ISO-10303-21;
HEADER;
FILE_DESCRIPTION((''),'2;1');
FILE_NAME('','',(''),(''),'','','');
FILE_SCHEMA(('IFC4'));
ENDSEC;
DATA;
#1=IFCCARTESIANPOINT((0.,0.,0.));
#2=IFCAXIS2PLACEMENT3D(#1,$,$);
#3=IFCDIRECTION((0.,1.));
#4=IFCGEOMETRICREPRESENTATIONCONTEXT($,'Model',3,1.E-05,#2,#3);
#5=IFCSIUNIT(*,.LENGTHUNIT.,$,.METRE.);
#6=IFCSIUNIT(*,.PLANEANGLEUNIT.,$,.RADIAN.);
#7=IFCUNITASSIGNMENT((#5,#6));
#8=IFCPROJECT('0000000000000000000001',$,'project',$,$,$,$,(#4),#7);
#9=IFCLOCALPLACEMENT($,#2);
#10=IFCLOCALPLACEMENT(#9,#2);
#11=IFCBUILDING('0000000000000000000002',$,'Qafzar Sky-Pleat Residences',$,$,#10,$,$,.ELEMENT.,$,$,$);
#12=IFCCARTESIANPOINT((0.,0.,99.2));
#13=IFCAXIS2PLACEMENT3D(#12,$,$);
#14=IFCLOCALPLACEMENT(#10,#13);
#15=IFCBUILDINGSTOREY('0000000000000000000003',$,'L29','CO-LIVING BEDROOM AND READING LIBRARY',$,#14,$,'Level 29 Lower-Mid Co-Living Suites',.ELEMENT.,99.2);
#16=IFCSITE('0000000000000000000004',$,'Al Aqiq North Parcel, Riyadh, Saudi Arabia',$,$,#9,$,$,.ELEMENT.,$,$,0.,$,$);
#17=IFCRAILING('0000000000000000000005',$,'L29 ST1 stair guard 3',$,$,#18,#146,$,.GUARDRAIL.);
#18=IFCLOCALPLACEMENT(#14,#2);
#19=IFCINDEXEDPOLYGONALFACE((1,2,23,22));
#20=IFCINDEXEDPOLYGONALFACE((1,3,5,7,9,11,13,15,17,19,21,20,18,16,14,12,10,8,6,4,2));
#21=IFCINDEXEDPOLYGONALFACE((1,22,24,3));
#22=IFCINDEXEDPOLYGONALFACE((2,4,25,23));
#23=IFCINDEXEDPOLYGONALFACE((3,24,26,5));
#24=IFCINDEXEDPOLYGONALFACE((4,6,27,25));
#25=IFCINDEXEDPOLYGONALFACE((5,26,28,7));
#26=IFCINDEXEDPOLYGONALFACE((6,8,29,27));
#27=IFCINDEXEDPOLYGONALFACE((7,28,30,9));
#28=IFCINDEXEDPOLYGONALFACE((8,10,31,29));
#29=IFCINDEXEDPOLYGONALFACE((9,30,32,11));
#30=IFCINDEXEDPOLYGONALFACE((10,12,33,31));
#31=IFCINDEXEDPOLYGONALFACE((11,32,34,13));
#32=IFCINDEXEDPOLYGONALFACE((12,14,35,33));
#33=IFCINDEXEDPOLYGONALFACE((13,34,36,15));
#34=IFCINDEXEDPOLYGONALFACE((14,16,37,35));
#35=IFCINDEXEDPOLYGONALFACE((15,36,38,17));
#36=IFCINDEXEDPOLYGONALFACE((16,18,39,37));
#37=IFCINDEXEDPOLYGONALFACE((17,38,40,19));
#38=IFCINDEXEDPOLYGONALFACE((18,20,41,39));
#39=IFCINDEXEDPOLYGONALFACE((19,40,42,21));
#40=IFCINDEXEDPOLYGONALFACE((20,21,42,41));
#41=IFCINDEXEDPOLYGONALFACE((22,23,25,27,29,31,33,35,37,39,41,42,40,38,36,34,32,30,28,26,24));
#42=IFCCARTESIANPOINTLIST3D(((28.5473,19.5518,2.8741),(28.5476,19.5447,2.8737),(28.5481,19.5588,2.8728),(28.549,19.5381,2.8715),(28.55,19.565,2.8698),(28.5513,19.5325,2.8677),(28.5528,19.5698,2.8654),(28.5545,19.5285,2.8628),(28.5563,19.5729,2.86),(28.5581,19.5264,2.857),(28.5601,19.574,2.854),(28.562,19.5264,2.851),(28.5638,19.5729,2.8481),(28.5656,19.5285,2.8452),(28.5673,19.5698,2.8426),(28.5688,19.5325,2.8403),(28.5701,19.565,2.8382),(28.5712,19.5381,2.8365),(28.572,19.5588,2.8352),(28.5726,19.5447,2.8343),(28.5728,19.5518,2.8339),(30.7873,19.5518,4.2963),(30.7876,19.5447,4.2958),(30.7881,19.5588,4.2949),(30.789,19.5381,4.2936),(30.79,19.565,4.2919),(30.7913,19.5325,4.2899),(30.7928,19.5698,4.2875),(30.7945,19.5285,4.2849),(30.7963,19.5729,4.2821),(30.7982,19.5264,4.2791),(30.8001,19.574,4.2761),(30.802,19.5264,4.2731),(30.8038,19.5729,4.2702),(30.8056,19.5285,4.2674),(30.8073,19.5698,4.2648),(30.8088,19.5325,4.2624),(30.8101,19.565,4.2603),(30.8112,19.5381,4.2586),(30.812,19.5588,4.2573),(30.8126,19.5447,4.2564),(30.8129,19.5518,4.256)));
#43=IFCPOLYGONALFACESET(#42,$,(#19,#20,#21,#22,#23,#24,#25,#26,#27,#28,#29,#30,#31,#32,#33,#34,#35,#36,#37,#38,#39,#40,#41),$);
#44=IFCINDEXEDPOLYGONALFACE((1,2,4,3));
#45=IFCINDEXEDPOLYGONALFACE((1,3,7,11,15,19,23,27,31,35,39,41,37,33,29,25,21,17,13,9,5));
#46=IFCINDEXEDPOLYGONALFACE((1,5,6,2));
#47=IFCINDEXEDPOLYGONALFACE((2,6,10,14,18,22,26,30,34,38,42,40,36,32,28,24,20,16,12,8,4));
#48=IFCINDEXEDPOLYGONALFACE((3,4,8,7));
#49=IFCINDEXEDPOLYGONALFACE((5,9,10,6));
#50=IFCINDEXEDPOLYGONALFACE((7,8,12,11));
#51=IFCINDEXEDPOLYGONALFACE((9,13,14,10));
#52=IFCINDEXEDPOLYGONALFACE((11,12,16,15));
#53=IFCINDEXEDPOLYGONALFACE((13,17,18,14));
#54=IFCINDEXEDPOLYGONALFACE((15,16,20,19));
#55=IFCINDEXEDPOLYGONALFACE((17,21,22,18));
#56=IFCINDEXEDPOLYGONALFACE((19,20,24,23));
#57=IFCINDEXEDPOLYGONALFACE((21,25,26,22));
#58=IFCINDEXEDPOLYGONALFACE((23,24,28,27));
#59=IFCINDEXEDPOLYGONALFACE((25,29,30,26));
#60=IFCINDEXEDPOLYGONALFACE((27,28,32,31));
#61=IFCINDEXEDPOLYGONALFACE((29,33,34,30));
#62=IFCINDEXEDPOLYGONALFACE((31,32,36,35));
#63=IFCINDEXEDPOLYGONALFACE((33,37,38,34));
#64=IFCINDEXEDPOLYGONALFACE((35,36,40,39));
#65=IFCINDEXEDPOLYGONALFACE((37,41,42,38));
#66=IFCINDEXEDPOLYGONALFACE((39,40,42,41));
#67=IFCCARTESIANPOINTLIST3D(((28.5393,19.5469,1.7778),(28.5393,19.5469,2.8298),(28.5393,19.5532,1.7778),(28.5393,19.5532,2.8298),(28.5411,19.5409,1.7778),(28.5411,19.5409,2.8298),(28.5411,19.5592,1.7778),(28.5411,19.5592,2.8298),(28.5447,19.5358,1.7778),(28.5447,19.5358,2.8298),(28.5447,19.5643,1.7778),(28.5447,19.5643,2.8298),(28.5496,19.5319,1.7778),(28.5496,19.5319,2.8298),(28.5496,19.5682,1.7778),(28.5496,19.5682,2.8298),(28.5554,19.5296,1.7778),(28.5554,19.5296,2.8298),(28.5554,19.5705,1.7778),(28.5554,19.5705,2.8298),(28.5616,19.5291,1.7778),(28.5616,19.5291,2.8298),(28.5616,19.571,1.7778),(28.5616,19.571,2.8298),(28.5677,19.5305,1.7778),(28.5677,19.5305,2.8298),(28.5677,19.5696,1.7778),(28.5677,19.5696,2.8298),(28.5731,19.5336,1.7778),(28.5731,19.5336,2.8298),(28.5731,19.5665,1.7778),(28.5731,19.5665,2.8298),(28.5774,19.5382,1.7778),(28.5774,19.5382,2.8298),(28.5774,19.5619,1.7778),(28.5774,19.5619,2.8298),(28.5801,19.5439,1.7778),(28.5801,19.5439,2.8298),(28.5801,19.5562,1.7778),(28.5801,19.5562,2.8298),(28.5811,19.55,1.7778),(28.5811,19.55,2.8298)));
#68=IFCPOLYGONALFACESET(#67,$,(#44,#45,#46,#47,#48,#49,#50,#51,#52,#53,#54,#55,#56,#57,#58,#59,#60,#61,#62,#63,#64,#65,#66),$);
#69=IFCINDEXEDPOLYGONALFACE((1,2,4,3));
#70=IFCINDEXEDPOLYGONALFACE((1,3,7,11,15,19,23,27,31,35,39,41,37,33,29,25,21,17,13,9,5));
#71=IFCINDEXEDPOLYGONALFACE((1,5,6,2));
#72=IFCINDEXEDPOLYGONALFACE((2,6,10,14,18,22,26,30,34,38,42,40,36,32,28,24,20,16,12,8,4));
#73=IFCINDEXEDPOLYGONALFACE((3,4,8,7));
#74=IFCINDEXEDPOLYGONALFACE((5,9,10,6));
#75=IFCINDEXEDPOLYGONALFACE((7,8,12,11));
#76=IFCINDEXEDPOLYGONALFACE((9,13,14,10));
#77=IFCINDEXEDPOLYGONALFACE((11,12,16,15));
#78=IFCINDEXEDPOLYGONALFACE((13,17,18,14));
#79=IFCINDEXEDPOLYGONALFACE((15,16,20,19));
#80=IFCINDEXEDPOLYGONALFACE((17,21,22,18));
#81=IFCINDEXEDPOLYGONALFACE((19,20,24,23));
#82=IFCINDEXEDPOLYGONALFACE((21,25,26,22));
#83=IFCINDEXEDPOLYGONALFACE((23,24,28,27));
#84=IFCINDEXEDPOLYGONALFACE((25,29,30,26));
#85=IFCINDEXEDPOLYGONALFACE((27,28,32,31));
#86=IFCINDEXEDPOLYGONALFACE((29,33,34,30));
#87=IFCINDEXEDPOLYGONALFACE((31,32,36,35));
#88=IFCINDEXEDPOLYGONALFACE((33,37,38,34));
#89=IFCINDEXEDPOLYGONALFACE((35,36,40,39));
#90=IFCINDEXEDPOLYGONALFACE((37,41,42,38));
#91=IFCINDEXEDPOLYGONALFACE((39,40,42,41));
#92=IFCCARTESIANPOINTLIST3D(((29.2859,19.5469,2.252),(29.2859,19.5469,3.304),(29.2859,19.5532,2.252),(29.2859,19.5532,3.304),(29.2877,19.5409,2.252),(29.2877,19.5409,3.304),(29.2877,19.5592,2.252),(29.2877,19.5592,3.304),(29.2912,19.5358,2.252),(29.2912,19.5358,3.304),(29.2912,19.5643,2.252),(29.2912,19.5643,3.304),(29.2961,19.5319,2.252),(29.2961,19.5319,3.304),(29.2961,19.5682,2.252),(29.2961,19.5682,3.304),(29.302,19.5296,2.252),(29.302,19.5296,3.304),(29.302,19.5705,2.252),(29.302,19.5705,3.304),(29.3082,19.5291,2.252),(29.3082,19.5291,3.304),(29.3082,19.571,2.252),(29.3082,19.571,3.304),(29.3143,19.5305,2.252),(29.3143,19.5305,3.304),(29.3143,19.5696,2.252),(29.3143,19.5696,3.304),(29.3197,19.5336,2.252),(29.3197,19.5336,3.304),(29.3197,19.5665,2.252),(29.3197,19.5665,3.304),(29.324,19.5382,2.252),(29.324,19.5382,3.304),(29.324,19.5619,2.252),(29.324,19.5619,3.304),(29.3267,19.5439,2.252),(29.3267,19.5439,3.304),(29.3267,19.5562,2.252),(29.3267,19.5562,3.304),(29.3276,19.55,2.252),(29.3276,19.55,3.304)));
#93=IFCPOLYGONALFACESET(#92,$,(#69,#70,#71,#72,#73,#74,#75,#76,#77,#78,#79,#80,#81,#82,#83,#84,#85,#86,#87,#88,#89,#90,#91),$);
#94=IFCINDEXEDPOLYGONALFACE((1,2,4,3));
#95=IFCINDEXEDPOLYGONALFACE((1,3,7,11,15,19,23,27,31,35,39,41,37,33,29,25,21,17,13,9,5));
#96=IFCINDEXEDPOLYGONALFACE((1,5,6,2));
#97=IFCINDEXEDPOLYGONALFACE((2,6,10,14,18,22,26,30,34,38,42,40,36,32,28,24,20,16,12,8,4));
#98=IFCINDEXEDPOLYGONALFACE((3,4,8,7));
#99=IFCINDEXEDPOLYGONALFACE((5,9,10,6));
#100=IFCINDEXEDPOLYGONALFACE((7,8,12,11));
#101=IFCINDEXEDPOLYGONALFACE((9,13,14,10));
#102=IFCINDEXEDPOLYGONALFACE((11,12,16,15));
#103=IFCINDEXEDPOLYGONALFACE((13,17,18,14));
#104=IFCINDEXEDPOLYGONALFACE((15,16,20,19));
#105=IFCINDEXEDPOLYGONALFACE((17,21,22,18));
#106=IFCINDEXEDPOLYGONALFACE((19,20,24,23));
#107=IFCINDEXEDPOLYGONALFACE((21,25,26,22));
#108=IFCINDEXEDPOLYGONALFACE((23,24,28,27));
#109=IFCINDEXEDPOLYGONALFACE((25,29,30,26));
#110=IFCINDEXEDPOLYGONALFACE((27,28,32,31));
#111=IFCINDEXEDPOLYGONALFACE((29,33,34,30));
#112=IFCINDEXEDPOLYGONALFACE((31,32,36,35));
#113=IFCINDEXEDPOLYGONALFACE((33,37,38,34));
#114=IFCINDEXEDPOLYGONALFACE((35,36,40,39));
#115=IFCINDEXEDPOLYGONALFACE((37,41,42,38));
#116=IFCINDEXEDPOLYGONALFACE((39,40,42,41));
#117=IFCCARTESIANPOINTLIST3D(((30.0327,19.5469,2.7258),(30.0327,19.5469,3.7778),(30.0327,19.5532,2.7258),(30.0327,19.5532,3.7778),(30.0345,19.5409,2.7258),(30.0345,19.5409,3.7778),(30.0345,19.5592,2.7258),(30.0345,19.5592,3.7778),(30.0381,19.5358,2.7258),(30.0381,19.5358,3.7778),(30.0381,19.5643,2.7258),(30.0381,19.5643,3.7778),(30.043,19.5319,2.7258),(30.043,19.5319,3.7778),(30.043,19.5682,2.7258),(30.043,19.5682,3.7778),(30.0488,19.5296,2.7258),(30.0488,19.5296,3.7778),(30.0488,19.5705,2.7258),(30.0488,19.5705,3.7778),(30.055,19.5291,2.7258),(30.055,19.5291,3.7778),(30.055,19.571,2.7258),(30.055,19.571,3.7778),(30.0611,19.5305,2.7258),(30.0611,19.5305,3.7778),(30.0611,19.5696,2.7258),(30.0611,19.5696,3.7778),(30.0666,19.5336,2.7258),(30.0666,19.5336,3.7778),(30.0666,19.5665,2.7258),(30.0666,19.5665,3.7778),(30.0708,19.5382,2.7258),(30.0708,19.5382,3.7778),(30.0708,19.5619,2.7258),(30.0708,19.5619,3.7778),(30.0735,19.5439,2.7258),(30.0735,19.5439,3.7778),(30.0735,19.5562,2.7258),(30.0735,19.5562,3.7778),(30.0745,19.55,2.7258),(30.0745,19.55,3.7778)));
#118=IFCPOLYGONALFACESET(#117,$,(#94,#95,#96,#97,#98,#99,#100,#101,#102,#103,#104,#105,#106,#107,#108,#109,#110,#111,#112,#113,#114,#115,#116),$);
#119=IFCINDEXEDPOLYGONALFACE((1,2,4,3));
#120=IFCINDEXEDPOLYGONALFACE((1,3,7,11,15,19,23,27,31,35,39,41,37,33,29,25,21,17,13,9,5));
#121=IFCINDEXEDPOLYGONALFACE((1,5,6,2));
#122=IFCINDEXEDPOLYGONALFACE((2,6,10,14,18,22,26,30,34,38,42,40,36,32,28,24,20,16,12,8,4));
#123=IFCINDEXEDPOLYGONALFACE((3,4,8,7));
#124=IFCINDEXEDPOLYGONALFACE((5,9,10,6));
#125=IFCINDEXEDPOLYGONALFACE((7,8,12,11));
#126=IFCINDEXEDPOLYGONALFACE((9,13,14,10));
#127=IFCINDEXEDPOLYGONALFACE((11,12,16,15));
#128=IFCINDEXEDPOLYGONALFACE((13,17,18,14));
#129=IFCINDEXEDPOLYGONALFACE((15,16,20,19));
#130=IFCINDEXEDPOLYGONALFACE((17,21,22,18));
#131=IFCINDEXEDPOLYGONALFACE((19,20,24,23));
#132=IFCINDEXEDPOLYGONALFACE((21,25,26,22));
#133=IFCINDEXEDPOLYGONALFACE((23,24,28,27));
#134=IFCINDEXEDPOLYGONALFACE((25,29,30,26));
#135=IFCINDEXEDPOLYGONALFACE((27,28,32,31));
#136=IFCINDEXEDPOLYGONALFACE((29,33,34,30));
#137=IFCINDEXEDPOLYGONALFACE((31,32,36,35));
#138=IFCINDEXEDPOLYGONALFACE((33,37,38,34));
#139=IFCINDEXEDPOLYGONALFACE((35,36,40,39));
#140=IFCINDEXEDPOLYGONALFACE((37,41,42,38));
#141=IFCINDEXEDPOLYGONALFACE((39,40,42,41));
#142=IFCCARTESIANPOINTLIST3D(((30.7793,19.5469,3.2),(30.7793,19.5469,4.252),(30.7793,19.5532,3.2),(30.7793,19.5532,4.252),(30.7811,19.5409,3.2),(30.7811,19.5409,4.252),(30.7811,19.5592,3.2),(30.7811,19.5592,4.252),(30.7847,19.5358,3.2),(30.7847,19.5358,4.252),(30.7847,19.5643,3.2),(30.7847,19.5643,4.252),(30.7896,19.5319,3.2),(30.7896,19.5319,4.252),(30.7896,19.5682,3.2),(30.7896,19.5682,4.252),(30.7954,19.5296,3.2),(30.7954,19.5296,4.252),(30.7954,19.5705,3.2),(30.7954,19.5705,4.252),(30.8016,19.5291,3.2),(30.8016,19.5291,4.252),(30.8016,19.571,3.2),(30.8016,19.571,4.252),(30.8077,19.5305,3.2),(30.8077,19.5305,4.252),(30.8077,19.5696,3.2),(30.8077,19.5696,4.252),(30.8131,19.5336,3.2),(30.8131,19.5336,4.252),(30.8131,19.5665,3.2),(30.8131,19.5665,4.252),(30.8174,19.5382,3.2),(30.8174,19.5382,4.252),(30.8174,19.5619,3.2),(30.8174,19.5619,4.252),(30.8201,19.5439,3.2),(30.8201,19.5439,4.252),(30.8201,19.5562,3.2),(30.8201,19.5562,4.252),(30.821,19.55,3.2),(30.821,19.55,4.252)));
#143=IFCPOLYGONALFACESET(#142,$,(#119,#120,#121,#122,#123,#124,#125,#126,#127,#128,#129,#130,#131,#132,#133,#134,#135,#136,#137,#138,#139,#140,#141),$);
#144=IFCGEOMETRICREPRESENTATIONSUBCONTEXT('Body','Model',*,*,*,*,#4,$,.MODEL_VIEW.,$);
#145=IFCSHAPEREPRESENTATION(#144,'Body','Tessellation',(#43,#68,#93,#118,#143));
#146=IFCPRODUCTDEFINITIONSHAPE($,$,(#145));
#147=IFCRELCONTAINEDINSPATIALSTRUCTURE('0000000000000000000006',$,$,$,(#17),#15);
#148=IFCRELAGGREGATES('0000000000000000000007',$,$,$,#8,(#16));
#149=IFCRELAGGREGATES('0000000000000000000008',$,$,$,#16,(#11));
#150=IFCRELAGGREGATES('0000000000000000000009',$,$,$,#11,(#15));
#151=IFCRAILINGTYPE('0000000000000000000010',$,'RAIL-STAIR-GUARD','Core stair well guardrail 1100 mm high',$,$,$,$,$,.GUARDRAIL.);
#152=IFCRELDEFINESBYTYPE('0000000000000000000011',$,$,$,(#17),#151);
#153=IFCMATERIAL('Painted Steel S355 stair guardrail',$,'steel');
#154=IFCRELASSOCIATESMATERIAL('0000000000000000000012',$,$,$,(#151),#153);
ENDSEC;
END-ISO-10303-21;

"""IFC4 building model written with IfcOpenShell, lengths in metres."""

from ifc_helpers import new_model, si_unit, direction, frame, origin, origin_2d, place, context, subcontext, project, spatial, circle, extrude, source, transform, mapped, material, type_object, element, save


model = new_model("IFC4")

# Units and contexts
model_context = context("Model", 3, precision=1e-05, world=origin(), true_north=direction((0.0, 1.0)))
body_context = subcontext(model_context, "Body", "Model", "MODEL_VIEW")
ifc_project = project(units=[si_unit("LENGTHUNIT", "METRE"), si_unit("PLANEANGLEUNIT", "RADIAN")], contexts=[model_context])

# Site, building, storey
site_placement = place(None, origin())
site = spatial("IfcSite", under=ifc_project, at=site_placement, Name="Al Aqiq North Parcel, Riyadh, Saudi Arabia", CompositionType="ELEMENT", RefElevation=0.0)
building_placement = place(site_placement, origin())
building = spatial("IfcBuilding", under=site, at=building_placement, Name="Qafzar Sky-Pleat Residences", CompositionType="ELEMENT")
storey_placement = place(building_placement, frame((0.0, 0.0, 99.2)))
storey = spatial("IfcBuildingStorey", under=building, at=storey_placement, Name="L29", Description="CO-LIVING BEDROOM AND READING LIBRARY", LongName="Level 29 Lower-Mid Co-Living Suites", CompositionType="ELEMENT", Elevation=99.2)

# Railing
ifc_material_1 = material(Name="Painted Steel S355 stair guardrail", Category="steel")
railing_type_1 = type_object("IfcRailingType", Name="RAIL-STAIR-GUARD", Description="Core stair well guardrail 1100 mm high", PredefinedType="GUARDRAIL", material=ifc_material_1)
shared_shape_1 = source(origin(), body_context, "Body", "SweptSolid", [
    extrude(circle(Radius=0.0239, at=origin_2d()), frame((0.0, 0.0, 1.0762), z_axis=(0.844229, 0.0, 0.535982), x_axis=(0.0, 1.0, 0.0)), (0.0, 0.0, 1.0), 2.6533),
    extrude(circle(Radius=0.021, at=origin_2d()), origin(), (0.0, 0.0, 1.0), 1.052),
    extrude(circle(Radius=0.021, at=origin_2d()), frame((0.7466, 0.0, 0.4741)), (0.0, 0.0, 1.0), 1.052),
    extrude(circle(Radius=0.021, at=origin_2d()), frame((1.4934, 0.0, 0.948)), (0.0, 0.0, 1.0), 1.052),
    extrude(circle(Radius=0.021, at=origin_2d()), frame((2.24, 0.0, 1.4221)), (0.0, 0.0, 1.0), 1.052),
])
railing_1_placement = place(storey_placement, frame((28.5601, 19.55, 1.7778)))
element("IfcRailing", 1, at=railing_1_placement, inside=storey, type_object=railing_type_1, Name="L29 ST1 stair guard 3", PredefinedType="GUARDRAIL", context=body_context, shape_type="MappedRepresentation", body=[
    mapped(shared_shape_1, transform((0.0, 0.0, 0.0), x_axis=(1.0, 0.0, 0.0), y_axis=(0.0, 1.0, 0.0), z_axis=(0.0, 0.0, 1.0), scale=1.0)),
])

save(model, "model.ifc")
